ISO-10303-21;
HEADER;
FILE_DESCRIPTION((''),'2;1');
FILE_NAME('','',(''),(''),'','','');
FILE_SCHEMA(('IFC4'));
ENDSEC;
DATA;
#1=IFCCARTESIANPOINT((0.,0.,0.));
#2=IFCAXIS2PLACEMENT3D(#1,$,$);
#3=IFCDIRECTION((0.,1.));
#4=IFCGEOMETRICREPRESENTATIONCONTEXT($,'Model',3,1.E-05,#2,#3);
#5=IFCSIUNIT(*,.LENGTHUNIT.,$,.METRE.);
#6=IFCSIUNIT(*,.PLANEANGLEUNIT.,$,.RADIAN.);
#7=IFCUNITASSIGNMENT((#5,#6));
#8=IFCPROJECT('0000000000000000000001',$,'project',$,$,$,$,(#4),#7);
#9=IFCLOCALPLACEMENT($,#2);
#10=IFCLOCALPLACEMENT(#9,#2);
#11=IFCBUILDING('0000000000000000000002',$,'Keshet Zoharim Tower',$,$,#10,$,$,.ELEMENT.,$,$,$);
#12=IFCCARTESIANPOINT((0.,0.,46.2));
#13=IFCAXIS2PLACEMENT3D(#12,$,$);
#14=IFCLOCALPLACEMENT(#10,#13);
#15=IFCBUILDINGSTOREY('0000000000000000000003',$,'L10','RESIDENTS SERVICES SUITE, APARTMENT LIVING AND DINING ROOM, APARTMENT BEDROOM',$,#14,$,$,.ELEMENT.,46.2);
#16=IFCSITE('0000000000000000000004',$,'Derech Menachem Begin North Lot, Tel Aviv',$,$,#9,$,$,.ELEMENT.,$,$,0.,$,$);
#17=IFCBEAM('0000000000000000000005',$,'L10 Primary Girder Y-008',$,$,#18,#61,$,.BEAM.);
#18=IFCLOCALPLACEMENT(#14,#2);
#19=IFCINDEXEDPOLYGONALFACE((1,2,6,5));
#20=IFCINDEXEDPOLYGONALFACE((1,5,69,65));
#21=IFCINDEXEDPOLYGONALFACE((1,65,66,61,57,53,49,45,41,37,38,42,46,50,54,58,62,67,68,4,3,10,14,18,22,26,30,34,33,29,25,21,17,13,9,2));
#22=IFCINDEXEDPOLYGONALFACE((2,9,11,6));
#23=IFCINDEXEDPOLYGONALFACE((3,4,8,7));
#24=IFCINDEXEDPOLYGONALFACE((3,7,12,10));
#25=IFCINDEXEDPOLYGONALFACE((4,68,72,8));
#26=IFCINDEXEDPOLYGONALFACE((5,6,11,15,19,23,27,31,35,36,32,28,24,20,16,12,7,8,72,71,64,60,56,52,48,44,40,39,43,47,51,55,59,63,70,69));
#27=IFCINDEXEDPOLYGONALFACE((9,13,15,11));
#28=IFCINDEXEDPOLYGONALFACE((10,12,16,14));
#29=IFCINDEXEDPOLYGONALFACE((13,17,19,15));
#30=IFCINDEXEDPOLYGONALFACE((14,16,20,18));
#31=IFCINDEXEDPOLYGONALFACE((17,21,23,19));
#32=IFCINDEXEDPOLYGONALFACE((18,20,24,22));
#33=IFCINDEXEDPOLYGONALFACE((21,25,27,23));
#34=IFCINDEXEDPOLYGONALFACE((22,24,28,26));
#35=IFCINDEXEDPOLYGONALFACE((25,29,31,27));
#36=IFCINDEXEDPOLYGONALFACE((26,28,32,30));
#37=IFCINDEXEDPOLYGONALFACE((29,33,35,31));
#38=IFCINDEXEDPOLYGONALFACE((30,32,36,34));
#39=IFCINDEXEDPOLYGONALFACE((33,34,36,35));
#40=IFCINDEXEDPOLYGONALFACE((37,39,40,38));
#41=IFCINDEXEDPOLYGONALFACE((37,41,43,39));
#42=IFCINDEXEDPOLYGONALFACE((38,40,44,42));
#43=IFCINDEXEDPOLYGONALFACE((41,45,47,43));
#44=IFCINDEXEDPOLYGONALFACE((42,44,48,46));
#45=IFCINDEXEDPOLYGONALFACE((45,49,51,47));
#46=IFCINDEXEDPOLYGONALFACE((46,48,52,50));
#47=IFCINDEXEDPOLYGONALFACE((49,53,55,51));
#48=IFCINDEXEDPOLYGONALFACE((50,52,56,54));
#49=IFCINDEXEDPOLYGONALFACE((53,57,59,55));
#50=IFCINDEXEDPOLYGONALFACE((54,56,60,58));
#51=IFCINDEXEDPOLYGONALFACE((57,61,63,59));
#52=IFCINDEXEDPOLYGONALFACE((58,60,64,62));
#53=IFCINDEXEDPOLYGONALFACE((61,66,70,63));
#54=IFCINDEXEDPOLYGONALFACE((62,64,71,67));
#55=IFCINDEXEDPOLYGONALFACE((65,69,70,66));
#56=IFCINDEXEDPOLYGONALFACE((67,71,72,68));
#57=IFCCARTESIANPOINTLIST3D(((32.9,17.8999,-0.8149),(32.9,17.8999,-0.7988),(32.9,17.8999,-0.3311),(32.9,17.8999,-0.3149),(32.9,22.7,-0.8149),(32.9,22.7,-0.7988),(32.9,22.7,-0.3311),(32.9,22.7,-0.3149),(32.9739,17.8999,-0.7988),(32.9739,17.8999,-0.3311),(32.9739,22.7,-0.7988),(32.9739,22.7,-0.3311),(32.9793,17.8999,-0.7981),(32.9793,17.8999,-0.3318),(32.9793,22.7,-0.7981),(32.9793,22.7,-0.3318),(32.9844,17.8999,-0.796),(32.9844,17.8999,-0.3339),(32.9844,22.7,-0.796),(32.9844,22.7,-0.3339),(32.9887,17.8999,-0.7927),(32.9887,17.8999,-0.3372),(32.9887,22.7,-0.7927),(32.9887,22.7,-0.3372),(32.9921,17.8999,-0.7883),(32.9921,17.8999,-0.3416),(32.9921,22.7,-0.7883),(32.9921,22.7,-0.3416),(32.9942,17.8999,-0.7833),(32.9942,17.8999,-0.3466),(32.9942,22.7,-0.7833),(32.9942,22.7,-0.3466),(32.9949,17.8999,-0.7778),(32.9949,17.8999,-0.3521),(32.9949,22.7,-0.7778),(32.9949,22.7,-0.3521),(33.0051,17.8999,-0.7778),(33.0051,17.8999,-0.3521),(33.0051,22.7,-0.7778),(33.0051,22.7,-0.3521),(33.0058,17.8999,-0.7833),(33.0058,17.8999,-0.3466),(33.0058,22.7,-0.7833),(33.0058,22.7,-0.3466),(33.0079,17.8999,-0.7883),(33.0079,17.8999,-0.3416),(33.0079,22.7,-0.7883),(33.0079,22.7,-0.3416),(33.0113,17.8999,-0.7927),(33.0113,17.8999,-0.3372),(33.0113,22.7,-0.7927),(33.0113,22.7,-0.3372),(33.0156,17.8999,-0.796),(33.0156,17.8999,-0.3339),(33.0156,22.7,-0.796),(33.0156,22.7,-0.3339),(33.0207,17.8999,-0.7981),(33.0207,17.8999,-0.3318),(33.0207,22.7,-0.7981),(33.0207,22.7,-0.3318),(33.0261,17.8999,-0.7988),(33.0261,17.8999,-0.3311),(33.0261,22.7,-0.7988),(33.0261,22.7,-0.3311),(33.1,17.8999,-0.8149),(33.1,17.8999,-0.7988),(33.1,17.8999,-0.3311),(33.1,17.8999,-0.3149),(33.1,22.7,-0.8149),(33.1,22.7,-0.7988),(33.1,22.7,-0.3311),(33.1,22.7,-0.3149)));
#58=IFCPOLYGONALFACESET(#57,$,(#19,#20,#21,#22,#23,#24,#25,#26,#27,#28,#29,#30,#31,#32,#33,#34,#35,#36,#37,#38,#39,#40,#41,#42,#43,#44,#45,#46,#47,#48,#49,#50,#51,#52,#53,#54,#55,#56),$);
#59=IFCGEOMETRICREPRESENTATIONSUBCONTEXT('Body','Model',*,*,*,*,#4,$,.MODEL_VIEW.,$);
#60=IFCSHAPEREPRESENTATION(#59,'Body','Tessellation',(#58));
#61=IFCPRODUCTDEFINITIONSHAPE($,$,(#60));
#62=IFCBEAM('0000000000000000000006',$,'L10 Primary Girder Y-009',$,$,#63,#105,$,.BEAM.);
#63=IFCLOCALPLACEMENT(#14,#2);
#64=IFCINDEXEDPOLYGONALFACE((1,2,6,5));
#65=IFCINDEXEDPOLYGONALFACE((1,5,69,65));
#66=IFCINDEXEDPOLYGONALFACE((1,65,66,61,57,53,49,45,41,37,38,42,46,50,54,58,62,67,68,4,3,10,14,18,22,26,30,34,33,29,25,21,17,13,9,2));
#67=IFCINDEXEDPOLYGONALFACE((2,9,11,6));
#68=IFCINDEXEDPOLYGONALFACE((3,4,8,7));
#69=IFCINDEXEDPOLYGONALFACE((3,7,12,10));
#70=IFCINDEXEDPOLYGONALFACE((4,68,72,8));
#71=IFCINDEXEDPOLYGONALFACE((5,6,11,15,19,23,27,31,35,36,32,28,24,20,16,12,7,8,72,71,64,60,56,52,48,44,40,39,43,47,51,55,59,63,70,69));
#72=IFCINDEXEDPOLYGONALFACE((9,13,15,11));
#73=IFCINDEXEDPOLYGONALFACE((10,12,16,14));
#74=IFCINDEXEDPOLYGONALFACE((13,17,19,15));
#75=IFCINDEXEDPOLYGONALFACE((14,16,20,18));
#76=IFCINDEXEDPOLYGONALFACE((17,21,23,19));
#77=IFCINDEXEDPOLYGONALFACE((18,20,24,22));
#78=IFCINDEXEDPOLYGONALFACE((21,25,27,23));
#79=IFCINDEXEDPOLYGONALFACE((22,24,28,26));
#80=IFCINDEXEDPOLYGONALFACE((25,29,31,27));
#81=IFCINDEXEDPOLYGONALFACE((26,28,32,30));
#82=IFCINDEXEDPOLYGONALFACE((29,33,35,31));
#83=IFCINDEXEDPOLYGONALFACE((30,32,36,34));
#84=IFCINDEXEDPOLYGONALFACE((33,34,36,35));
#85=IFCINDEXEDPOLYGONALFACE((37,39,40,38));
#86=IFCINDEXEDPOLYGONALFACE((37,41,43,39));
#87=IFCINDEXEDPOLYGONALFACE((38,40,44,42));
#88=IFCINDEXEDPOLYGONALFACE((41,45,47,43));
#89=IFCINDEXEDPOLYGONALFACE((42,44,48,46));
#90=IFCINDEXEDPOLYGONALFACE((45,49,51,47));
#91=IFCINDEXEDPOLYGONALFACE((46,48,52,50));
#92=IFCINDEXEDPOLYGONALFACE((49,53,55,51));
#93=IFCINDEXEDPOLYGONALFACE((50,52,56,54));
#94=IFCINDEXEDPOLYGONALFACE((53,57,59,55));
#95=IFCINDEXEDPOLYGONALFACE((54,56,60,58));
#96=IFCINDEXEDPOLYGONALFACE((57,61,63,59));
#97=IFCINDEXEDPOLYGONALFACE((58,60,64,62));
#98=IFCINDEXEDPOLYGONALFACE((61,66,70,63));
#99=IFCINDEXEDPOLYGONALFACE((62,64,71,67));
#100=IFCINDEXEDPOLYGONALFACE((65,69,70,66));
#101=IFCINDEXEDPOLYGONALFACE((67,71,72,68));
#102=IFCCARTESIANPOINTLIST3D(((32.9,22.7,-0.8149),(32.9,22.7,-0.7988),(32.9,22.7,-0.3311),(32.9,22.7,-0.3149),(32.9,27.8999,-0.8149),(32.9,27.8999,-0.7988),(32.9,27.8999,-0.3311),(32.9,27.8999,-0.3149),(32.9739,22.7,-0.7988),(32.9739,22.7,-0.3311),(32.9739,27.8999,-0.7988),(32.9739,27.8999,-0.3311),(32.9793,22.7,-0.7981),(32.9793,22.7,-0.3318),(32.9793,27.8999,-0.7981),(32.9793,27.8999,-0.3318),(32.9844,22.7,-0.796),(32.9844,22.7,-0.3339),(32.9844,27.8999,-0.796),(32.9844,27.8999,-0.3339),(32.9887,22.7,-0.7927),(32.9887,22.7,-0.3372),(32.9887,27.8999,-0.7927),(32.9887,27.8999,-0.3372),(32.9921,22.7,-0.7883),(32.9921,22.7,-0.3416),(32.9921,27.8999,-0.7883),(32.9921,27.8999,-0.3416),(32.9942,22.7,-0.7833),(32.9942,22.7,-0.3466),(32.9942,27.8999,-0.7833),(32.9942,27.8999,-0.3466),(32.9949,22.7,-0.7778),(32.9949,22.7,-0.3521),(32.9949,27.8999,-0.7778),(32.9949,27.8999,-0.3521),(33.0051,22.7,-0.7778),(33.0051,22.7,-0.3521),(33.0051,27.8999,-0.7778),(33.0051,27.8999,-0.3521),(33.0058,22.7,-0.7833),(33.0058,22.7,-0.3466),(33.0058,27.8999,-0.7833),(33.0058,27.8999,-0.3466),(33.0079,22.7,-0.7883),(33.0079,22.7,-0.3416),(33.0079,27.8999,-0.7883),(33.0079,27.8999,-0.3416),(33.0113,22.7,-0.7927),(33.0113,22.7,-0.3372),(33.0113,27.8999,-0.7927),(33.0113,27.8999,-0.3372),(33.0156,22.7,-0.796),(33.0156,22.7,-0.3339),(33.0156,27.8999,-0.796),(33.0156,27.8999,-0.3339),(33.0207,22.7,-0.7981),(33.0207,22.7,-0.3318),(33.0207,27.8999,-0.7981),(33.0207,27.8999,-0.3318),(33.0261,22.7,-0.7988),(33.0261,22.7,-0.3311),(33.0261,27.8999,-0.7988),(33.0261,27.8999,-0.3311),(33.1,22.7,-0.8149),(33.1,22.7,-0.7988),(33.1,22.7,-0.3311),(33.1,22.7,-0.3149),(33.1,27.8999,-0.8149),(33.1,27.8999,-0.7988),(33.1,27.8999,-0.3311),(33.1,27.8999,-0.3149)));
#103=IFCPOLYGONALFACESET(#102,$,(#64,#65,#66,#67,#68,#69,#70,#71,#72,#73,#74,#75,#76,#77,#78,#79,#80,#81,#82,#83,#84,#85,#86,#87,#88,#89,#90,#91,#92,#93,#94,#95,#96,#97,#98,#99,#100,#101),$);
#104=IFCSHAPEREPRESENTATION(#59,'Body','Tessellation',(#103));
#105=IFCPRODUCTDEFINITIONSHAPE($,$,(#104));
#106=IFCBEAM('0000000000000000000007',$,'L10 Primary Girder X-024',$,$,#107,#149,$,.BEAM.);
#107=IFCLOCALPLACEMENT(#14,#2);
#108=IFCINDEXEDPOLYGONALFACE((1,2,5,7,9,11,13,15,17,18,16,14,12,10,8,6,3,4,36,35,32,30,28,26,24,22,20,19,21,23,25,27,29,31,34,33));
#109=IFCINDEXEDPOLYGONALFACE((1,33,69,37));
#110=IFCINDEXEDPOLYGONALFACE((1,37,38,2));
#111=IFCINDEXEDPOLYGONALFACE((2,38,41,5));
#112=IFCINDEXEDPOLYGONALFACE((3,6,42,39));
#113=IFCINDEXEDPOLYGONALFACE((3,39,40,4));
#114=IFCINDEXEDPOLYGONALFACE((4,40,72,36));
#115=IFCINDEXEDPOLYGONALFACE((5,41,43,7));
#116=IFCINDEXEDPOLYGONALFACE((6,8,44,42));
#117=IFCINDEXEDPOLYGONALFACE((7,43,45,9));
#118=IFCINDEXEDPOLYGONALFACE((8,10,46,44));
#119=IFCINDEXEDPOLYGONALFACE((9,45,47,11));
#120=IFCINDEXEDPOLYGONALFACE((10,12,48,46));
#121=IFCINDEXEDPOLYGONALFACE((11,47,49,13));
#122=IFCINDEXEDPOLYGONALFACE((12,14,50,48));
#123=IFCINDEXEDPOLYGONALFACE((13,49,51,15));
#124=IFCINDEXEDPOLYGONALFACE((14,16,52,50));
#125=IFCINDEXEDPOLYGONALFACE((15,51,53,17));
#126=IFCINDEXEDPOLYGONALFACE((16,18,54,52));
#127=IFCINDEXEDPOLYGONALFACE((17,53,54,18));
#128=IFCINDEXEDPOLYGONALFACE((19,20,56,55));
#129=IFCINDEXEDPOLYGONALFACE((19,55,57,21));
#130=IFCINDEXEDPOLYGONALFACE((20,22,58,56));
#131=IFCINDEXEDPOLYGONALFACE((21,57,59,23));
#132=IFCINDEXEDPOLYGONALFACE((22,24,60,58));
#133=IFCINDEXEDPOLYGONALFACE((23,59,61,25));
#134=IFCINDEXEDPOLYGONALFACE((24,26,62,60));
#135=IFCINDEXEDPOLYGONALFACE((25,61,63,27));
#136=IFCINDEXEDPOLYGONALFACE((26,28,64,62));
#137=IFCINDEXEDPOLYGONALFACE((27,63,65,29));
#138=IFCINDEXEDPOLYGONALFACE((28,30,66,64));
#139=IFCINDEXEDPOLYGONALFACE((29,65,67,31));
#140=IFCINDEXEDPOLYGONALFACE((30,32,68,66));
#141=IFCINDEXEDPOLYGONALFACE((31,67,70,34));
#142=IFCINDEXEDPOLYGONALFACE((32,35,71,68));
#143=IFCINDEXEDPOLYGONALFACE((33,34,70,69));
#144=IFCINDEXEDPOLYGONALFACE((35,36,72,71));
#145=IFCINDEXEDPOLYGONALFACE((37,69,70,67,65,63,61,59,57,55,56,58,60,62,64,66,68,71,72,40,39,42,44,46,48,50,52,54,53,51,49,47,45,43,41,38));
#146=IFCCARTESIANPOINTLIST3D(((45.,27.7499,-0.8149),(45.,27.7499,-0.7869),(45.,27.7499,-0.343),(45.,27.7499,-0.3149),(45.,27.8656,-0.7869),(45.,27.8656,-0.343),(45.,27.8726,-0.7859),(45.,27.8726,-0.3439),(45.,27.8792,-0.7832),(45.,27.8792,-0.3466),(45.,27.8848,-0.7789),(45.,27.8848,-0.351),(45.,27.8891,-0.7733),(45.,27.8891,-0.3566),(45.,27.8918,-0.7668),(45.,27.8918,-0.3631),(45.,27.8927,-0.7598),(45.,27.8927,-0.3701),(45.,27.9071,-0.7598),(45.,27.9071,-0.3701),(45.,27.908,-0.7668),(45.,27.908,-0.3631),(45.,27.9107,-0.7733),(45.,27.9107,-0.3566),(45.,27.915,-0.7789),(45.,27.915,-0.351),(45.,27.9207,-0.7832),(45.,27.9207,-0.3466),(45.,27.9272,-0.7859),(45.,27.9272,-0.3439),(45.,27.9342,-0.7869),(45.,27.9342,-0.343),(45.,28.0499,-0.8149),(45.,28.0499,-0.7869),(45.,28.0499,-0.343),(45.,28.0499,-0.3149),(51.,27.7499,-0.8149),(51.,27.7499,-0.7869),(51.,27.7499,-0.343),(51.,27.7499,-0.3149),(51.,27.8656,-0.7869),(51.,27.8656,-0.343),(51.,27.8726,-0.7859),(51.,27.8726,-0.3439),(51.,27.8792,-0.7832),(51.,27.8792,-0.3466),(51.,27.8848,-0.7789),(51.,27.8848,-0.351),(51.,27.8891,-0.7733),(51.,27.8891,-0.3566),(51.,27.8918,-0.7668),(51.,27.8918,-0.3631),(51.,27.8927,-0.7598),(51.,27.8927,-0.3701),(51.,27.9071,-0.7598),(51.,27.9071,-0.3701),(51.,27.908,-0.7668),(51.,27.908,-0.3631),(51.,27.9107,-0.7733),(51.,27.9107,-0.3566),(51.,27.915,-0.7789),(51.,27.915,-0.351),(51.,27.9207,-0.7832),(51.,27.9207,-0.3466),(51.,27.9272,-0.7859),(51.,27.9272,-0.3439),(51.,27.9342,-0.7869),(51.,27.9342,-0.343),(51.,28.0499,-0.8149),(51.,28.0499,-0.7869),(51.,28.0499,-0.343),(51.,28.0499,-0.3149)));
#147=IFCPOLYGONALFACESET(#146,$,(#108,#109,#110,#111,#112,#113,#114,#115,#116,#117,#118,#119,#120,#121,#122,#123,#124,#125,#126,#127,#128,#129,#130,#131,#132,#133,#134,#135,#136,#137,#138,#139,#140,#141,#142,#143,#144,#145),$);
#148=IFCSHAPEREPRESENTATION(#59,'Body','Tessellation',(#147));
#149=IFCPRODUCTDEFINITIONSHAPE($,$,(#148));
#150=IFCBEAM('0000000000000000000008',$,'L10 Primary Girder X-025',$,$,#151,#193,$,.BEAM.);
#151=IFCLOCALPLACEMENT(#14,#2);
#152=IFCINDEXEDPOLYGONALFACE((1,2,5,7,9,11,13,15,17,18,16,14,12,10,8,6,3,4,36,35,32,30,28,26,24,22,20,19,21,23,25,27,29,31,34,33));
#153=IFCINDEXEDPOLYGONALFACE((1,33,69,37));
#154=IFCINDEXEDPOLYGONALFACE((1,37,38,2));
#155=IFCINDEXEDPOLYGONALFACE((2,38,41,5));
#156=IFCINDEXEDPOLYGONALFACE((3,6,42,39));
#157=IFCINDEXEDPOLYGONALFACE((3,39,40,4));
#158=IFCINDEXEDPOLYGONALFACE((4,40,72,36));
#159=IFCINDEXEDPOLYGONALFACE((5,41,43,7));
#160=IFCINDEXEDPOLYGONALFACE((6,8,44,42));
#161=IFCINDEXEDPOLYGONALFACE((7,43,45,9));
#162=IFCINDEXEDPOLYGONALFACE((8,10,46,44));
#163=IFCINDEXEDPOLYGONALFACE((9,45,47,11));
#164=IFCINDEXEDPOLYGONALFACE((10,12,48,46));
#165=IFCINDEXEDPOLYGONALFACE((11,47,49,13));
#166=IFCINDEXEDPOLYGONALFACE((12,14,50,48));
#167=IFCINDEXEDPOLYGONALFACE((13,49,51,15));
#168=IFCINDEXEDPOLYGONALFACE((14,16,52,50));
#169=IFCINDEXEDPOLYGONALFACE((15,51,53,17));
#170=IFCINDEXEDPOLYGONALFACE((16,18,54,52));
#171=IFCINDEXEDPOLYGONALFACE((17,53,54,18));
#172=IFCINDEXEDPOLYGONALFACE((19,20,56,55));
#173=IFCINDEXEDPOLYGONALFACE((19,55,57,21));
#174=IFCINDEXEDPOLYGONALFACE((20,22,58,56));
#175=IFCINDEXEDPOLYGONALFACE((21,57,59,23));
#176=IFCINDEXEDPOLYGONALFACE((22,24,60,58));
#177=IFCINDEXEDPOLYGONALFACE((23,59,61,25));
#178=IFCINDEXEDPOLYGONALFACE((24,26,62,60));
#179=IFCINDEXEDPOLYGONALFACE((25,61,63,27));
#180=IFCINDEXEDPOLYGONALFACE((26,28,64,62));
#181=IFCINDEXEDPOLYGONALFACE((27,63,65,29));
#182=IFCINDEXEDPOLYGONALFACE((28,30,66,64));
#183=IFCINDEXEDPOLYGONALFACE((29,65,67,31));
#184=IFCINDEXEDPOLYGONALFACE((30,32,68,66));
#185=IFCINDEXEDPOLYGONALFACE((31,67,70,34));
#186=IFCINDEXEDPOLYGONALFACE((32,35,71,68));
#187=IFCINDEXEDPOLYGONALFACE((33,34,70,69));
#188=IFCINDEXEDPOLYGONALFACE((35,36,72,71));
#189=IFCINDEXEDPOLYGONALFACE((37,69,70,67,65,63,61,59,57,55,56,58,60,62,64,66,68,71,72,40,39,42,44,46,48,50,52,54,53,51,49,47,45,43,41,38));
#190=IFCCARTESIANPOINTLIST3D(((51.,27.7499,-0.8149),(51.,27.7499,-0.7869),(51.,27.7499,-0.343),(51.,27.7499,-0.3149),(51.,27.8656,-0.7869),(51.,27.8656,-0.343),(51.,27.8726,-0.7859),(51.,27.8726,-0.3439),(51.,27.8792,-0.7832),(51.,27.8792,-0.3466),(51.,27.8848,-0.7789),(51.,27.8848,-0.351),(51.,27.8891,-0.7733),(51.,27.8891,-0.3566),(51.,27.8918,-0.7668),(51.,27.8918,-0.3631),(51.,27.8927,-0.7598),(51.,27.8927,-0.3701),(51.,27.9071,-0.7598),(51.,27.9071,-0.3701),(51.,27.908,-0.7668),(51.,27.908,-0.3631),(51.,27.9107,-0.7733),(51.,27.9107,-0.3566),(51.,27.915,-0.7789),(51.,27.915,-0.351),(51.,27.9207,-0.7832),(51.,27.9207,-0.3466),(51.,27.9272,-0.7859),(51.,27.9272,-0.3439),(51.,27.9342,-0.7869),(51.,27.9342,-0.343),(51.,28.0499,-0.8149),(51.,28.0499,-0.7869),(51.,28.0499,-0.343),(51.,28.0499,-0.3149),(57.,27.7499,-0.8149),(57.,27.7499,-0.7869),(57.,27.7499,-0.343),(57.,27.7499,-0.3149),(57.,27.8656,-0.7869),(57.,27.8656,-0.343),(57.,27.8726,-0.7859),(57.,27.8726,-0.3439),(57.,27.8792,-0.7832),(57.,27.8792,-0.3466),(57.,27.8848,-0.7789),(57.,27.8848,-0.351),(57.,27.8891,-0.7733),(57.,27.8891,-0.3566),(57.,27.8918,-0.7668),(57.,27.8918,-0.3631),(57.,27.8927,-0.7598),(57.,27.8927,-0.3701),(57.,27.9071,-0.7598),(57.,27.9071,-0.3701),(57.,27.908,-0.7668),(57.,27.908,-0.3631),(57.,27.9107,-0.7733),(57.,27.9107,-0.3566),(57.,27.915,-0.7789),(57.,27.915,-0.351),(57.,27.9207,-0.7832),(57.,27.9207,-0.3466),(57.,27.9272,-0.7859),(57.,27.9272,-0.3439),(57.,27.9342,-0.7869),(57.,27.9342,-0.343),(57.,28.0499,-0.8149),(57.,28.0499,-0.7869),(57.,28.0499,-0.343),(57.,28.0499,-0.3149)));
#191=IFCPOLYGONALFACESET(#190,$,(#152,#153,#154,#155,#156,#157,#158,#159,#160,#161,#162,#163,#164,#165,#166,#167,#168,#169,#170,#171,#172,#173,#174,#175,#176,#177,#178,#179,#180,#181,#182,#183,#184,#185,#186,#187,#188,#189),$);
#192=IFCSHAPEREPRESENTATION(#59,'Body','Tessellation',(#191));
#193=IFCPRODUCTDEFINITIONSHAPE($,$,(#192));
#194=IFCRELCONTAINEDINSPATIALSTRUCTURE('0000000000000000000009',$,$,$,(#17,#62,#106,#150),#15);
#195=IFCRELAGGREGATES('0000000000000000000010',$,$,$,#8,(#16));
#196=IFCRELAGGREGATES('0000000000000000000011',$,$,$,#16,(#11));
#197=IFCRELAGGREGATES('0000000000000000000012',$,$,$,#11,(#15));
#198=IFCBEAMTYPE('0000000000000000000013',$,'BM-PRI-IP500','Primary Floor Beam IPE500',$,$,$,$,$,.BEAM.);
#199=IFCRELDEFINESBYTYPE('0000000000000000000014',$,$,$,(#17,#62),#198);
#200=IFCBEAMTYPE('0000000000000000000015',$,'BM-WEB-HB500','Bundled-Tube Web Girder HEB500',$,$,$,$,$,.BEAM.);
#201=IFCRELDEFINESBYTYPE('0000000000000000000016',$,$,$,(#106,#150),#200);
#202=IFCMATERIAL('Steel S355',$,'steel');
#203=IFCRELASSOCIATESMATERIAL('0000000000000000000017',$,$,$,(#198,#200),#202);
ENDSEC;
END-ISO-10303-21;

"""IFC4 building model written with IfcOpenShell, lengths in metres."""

from ifc_helpers import new_model, si_unit, direction, frame, origin, origin_2d, place, context, subcontext, project, spatial, i_section, extrude, material, material_profile, profile_set, type_object, element, save


model = new_model("IFC4")

# Units and contexts
model_context = context("Model", 3, precision=1e-05, world=origin(), true_north=direction((0.0, 1.0)))
body_context = subcontext(model_context, "Body", "Model", "MODEL_VIEW")
ifc_project = project(units=[si_unit("LENGTHUNIT", "METRE"), si_unit("PLANEANGLEUNIT", "RADIAN")], contexts=[model_context])

# Site, building, storey
site_placement = place(None, origin())
site = spatial("IfcSite", under=ifc_project, at=site_placement, Name="Derech Menachem Begin North Lot, Tel Aviv", CompositionType="ELEMENT", RefElevation=0.0)
building_placement = place(site_placement, origin())
building = spatial("IfcBuilding", under=site, at=building_placement, Name="Keshet Zoharim Tower", CompositionType="ELEMENT")
storey_placement = place(building_placement, frame((0.0, 0.0, 46.2)))
storey = spatial("IfcBuildingStorey", under=building, at=storey_placement, Name="L10", Description="RESIDENTS SERVICES SUITE, APARTMENT LIVING AND DINING ROOM, APARTMENT BEDROOM", CompositionType="ELEMENT", Elevation=46.2)

# Beams
ifc_material_1 = material(Name="Steel S355", Category="steel")
ifc_material_profile_1 = material_profile(ifc_material_1, i_section(OverallWidth=0.2, OverallDepth=0.5, WebThickness=0.0103, FlangeThickness=0.0161, FilletRadius=0.021, at=origin_2d()), Name="IPE500")
ifc_profile_set_1 = profile_set([ifc_material_profile_1], Name="Steel S355")
beam_type_1 = type_object("IfcBeamType", Name="BM-PRI-IP500", Description="Primary Floor Beam IPE500", PredefinedType="BEAM", material=ifc_profile_set_1)
beam_1_placement = place(storey_placement, frame((33.0, 17.8999, -0.5649), z_axis=(0.0, 1.0, 0.0), x_axis=(-1.0, 0.0, 0.0)))
element("IfcBeam", 1, at=beam_1_placement, inside=storey, type_object=beam_type_1, Name="L10 Primary Girder Y-008", PredefinedType="BEAM", context=body_context, shape_type="SweptSolid", body=[
    extrude(i_section(OverallWidth=0.2, OverallDepth=0.5, WebThickness=0.0103, FlangeThickness=0.0161, FilletRadius=0.021, at=origin_2d()), origin(), (0.0, 0.0, 1.0), 4.8),
])
beam_2_placement = place(storey_placement, frame((33.0, 22.7, -0.5649), z_axis=(0.0, 1.0, 0.0), x_axis=(-1.0, 0.0, 0.0)))
element("IfcBeam", 2, at=beam_2_placement, inside=storey, type_object=beam_type_1, Name="L10 Primary Girder Y-009", PredefinedType="BEAM", context=body_context, shape_type="SweptSolid", body=[
    extrude(i_section(OverallWidth=0.2, OverallDepth=0.5, WebThickness=0.0103, FlangeThickness=0.0161, FilletRadius=0.021, at=origin_2d()), origin(), (0.0, 0.0, 1.0), 5.2),
])
ifc_material_profile_2 = material_profile(ifc_material_1, i_section(OverallWidth=0.3, OverallDepth=0.5, WebThickness=0.0144, FlangeThickness=0.0281, FilletRadius=0.0271, at=origin_2d()), Name="HEB500")
ifc_profile_set_2 = profile_set([ifc_material_profile_2], Name="Steel S355")
beam_type_2 = type_object("IfcBeamType", Name="BM-WEB-HB500", Description="Bundled-Tube Web Girder HEB500", PredefinedType="BEAM", material=ifc_profile_set_2)
for number, where, z_axis, x_axis, name in (
    (3, (45.0, 27.8999, -0.5649), (1.0, 0.0, 0.0), (0.0, 1.0, 0.0), "L10 Primary Girder X-024"),
    (4, (51.0, 27.8999, -0.5649), (1.0, 0.0, 0.0), (0.0, 1.0, 0.0), "L10 Primary Girder X-025"),
):
    element("IfcBeam", number, at=place(storey_placement, frame(where, z_axis=z_axis, x_axis=x_axis)), inside=storey, type_object=beam_type_2, Name=name, PredefinedType="BEAM", context=body_context, shape_type="SweptSolid", body=[
        extrude(i_section(OverallWidth=0.3, OverallDepth=0.5, WebThickness=0.0144, FlangeThickness=0.0281, FilletRadius=0.0271, at=origin_2d()), origin(), (0.0, 0.0, 1.0), 6.0),
    ])

save(model, "model.ifc")
